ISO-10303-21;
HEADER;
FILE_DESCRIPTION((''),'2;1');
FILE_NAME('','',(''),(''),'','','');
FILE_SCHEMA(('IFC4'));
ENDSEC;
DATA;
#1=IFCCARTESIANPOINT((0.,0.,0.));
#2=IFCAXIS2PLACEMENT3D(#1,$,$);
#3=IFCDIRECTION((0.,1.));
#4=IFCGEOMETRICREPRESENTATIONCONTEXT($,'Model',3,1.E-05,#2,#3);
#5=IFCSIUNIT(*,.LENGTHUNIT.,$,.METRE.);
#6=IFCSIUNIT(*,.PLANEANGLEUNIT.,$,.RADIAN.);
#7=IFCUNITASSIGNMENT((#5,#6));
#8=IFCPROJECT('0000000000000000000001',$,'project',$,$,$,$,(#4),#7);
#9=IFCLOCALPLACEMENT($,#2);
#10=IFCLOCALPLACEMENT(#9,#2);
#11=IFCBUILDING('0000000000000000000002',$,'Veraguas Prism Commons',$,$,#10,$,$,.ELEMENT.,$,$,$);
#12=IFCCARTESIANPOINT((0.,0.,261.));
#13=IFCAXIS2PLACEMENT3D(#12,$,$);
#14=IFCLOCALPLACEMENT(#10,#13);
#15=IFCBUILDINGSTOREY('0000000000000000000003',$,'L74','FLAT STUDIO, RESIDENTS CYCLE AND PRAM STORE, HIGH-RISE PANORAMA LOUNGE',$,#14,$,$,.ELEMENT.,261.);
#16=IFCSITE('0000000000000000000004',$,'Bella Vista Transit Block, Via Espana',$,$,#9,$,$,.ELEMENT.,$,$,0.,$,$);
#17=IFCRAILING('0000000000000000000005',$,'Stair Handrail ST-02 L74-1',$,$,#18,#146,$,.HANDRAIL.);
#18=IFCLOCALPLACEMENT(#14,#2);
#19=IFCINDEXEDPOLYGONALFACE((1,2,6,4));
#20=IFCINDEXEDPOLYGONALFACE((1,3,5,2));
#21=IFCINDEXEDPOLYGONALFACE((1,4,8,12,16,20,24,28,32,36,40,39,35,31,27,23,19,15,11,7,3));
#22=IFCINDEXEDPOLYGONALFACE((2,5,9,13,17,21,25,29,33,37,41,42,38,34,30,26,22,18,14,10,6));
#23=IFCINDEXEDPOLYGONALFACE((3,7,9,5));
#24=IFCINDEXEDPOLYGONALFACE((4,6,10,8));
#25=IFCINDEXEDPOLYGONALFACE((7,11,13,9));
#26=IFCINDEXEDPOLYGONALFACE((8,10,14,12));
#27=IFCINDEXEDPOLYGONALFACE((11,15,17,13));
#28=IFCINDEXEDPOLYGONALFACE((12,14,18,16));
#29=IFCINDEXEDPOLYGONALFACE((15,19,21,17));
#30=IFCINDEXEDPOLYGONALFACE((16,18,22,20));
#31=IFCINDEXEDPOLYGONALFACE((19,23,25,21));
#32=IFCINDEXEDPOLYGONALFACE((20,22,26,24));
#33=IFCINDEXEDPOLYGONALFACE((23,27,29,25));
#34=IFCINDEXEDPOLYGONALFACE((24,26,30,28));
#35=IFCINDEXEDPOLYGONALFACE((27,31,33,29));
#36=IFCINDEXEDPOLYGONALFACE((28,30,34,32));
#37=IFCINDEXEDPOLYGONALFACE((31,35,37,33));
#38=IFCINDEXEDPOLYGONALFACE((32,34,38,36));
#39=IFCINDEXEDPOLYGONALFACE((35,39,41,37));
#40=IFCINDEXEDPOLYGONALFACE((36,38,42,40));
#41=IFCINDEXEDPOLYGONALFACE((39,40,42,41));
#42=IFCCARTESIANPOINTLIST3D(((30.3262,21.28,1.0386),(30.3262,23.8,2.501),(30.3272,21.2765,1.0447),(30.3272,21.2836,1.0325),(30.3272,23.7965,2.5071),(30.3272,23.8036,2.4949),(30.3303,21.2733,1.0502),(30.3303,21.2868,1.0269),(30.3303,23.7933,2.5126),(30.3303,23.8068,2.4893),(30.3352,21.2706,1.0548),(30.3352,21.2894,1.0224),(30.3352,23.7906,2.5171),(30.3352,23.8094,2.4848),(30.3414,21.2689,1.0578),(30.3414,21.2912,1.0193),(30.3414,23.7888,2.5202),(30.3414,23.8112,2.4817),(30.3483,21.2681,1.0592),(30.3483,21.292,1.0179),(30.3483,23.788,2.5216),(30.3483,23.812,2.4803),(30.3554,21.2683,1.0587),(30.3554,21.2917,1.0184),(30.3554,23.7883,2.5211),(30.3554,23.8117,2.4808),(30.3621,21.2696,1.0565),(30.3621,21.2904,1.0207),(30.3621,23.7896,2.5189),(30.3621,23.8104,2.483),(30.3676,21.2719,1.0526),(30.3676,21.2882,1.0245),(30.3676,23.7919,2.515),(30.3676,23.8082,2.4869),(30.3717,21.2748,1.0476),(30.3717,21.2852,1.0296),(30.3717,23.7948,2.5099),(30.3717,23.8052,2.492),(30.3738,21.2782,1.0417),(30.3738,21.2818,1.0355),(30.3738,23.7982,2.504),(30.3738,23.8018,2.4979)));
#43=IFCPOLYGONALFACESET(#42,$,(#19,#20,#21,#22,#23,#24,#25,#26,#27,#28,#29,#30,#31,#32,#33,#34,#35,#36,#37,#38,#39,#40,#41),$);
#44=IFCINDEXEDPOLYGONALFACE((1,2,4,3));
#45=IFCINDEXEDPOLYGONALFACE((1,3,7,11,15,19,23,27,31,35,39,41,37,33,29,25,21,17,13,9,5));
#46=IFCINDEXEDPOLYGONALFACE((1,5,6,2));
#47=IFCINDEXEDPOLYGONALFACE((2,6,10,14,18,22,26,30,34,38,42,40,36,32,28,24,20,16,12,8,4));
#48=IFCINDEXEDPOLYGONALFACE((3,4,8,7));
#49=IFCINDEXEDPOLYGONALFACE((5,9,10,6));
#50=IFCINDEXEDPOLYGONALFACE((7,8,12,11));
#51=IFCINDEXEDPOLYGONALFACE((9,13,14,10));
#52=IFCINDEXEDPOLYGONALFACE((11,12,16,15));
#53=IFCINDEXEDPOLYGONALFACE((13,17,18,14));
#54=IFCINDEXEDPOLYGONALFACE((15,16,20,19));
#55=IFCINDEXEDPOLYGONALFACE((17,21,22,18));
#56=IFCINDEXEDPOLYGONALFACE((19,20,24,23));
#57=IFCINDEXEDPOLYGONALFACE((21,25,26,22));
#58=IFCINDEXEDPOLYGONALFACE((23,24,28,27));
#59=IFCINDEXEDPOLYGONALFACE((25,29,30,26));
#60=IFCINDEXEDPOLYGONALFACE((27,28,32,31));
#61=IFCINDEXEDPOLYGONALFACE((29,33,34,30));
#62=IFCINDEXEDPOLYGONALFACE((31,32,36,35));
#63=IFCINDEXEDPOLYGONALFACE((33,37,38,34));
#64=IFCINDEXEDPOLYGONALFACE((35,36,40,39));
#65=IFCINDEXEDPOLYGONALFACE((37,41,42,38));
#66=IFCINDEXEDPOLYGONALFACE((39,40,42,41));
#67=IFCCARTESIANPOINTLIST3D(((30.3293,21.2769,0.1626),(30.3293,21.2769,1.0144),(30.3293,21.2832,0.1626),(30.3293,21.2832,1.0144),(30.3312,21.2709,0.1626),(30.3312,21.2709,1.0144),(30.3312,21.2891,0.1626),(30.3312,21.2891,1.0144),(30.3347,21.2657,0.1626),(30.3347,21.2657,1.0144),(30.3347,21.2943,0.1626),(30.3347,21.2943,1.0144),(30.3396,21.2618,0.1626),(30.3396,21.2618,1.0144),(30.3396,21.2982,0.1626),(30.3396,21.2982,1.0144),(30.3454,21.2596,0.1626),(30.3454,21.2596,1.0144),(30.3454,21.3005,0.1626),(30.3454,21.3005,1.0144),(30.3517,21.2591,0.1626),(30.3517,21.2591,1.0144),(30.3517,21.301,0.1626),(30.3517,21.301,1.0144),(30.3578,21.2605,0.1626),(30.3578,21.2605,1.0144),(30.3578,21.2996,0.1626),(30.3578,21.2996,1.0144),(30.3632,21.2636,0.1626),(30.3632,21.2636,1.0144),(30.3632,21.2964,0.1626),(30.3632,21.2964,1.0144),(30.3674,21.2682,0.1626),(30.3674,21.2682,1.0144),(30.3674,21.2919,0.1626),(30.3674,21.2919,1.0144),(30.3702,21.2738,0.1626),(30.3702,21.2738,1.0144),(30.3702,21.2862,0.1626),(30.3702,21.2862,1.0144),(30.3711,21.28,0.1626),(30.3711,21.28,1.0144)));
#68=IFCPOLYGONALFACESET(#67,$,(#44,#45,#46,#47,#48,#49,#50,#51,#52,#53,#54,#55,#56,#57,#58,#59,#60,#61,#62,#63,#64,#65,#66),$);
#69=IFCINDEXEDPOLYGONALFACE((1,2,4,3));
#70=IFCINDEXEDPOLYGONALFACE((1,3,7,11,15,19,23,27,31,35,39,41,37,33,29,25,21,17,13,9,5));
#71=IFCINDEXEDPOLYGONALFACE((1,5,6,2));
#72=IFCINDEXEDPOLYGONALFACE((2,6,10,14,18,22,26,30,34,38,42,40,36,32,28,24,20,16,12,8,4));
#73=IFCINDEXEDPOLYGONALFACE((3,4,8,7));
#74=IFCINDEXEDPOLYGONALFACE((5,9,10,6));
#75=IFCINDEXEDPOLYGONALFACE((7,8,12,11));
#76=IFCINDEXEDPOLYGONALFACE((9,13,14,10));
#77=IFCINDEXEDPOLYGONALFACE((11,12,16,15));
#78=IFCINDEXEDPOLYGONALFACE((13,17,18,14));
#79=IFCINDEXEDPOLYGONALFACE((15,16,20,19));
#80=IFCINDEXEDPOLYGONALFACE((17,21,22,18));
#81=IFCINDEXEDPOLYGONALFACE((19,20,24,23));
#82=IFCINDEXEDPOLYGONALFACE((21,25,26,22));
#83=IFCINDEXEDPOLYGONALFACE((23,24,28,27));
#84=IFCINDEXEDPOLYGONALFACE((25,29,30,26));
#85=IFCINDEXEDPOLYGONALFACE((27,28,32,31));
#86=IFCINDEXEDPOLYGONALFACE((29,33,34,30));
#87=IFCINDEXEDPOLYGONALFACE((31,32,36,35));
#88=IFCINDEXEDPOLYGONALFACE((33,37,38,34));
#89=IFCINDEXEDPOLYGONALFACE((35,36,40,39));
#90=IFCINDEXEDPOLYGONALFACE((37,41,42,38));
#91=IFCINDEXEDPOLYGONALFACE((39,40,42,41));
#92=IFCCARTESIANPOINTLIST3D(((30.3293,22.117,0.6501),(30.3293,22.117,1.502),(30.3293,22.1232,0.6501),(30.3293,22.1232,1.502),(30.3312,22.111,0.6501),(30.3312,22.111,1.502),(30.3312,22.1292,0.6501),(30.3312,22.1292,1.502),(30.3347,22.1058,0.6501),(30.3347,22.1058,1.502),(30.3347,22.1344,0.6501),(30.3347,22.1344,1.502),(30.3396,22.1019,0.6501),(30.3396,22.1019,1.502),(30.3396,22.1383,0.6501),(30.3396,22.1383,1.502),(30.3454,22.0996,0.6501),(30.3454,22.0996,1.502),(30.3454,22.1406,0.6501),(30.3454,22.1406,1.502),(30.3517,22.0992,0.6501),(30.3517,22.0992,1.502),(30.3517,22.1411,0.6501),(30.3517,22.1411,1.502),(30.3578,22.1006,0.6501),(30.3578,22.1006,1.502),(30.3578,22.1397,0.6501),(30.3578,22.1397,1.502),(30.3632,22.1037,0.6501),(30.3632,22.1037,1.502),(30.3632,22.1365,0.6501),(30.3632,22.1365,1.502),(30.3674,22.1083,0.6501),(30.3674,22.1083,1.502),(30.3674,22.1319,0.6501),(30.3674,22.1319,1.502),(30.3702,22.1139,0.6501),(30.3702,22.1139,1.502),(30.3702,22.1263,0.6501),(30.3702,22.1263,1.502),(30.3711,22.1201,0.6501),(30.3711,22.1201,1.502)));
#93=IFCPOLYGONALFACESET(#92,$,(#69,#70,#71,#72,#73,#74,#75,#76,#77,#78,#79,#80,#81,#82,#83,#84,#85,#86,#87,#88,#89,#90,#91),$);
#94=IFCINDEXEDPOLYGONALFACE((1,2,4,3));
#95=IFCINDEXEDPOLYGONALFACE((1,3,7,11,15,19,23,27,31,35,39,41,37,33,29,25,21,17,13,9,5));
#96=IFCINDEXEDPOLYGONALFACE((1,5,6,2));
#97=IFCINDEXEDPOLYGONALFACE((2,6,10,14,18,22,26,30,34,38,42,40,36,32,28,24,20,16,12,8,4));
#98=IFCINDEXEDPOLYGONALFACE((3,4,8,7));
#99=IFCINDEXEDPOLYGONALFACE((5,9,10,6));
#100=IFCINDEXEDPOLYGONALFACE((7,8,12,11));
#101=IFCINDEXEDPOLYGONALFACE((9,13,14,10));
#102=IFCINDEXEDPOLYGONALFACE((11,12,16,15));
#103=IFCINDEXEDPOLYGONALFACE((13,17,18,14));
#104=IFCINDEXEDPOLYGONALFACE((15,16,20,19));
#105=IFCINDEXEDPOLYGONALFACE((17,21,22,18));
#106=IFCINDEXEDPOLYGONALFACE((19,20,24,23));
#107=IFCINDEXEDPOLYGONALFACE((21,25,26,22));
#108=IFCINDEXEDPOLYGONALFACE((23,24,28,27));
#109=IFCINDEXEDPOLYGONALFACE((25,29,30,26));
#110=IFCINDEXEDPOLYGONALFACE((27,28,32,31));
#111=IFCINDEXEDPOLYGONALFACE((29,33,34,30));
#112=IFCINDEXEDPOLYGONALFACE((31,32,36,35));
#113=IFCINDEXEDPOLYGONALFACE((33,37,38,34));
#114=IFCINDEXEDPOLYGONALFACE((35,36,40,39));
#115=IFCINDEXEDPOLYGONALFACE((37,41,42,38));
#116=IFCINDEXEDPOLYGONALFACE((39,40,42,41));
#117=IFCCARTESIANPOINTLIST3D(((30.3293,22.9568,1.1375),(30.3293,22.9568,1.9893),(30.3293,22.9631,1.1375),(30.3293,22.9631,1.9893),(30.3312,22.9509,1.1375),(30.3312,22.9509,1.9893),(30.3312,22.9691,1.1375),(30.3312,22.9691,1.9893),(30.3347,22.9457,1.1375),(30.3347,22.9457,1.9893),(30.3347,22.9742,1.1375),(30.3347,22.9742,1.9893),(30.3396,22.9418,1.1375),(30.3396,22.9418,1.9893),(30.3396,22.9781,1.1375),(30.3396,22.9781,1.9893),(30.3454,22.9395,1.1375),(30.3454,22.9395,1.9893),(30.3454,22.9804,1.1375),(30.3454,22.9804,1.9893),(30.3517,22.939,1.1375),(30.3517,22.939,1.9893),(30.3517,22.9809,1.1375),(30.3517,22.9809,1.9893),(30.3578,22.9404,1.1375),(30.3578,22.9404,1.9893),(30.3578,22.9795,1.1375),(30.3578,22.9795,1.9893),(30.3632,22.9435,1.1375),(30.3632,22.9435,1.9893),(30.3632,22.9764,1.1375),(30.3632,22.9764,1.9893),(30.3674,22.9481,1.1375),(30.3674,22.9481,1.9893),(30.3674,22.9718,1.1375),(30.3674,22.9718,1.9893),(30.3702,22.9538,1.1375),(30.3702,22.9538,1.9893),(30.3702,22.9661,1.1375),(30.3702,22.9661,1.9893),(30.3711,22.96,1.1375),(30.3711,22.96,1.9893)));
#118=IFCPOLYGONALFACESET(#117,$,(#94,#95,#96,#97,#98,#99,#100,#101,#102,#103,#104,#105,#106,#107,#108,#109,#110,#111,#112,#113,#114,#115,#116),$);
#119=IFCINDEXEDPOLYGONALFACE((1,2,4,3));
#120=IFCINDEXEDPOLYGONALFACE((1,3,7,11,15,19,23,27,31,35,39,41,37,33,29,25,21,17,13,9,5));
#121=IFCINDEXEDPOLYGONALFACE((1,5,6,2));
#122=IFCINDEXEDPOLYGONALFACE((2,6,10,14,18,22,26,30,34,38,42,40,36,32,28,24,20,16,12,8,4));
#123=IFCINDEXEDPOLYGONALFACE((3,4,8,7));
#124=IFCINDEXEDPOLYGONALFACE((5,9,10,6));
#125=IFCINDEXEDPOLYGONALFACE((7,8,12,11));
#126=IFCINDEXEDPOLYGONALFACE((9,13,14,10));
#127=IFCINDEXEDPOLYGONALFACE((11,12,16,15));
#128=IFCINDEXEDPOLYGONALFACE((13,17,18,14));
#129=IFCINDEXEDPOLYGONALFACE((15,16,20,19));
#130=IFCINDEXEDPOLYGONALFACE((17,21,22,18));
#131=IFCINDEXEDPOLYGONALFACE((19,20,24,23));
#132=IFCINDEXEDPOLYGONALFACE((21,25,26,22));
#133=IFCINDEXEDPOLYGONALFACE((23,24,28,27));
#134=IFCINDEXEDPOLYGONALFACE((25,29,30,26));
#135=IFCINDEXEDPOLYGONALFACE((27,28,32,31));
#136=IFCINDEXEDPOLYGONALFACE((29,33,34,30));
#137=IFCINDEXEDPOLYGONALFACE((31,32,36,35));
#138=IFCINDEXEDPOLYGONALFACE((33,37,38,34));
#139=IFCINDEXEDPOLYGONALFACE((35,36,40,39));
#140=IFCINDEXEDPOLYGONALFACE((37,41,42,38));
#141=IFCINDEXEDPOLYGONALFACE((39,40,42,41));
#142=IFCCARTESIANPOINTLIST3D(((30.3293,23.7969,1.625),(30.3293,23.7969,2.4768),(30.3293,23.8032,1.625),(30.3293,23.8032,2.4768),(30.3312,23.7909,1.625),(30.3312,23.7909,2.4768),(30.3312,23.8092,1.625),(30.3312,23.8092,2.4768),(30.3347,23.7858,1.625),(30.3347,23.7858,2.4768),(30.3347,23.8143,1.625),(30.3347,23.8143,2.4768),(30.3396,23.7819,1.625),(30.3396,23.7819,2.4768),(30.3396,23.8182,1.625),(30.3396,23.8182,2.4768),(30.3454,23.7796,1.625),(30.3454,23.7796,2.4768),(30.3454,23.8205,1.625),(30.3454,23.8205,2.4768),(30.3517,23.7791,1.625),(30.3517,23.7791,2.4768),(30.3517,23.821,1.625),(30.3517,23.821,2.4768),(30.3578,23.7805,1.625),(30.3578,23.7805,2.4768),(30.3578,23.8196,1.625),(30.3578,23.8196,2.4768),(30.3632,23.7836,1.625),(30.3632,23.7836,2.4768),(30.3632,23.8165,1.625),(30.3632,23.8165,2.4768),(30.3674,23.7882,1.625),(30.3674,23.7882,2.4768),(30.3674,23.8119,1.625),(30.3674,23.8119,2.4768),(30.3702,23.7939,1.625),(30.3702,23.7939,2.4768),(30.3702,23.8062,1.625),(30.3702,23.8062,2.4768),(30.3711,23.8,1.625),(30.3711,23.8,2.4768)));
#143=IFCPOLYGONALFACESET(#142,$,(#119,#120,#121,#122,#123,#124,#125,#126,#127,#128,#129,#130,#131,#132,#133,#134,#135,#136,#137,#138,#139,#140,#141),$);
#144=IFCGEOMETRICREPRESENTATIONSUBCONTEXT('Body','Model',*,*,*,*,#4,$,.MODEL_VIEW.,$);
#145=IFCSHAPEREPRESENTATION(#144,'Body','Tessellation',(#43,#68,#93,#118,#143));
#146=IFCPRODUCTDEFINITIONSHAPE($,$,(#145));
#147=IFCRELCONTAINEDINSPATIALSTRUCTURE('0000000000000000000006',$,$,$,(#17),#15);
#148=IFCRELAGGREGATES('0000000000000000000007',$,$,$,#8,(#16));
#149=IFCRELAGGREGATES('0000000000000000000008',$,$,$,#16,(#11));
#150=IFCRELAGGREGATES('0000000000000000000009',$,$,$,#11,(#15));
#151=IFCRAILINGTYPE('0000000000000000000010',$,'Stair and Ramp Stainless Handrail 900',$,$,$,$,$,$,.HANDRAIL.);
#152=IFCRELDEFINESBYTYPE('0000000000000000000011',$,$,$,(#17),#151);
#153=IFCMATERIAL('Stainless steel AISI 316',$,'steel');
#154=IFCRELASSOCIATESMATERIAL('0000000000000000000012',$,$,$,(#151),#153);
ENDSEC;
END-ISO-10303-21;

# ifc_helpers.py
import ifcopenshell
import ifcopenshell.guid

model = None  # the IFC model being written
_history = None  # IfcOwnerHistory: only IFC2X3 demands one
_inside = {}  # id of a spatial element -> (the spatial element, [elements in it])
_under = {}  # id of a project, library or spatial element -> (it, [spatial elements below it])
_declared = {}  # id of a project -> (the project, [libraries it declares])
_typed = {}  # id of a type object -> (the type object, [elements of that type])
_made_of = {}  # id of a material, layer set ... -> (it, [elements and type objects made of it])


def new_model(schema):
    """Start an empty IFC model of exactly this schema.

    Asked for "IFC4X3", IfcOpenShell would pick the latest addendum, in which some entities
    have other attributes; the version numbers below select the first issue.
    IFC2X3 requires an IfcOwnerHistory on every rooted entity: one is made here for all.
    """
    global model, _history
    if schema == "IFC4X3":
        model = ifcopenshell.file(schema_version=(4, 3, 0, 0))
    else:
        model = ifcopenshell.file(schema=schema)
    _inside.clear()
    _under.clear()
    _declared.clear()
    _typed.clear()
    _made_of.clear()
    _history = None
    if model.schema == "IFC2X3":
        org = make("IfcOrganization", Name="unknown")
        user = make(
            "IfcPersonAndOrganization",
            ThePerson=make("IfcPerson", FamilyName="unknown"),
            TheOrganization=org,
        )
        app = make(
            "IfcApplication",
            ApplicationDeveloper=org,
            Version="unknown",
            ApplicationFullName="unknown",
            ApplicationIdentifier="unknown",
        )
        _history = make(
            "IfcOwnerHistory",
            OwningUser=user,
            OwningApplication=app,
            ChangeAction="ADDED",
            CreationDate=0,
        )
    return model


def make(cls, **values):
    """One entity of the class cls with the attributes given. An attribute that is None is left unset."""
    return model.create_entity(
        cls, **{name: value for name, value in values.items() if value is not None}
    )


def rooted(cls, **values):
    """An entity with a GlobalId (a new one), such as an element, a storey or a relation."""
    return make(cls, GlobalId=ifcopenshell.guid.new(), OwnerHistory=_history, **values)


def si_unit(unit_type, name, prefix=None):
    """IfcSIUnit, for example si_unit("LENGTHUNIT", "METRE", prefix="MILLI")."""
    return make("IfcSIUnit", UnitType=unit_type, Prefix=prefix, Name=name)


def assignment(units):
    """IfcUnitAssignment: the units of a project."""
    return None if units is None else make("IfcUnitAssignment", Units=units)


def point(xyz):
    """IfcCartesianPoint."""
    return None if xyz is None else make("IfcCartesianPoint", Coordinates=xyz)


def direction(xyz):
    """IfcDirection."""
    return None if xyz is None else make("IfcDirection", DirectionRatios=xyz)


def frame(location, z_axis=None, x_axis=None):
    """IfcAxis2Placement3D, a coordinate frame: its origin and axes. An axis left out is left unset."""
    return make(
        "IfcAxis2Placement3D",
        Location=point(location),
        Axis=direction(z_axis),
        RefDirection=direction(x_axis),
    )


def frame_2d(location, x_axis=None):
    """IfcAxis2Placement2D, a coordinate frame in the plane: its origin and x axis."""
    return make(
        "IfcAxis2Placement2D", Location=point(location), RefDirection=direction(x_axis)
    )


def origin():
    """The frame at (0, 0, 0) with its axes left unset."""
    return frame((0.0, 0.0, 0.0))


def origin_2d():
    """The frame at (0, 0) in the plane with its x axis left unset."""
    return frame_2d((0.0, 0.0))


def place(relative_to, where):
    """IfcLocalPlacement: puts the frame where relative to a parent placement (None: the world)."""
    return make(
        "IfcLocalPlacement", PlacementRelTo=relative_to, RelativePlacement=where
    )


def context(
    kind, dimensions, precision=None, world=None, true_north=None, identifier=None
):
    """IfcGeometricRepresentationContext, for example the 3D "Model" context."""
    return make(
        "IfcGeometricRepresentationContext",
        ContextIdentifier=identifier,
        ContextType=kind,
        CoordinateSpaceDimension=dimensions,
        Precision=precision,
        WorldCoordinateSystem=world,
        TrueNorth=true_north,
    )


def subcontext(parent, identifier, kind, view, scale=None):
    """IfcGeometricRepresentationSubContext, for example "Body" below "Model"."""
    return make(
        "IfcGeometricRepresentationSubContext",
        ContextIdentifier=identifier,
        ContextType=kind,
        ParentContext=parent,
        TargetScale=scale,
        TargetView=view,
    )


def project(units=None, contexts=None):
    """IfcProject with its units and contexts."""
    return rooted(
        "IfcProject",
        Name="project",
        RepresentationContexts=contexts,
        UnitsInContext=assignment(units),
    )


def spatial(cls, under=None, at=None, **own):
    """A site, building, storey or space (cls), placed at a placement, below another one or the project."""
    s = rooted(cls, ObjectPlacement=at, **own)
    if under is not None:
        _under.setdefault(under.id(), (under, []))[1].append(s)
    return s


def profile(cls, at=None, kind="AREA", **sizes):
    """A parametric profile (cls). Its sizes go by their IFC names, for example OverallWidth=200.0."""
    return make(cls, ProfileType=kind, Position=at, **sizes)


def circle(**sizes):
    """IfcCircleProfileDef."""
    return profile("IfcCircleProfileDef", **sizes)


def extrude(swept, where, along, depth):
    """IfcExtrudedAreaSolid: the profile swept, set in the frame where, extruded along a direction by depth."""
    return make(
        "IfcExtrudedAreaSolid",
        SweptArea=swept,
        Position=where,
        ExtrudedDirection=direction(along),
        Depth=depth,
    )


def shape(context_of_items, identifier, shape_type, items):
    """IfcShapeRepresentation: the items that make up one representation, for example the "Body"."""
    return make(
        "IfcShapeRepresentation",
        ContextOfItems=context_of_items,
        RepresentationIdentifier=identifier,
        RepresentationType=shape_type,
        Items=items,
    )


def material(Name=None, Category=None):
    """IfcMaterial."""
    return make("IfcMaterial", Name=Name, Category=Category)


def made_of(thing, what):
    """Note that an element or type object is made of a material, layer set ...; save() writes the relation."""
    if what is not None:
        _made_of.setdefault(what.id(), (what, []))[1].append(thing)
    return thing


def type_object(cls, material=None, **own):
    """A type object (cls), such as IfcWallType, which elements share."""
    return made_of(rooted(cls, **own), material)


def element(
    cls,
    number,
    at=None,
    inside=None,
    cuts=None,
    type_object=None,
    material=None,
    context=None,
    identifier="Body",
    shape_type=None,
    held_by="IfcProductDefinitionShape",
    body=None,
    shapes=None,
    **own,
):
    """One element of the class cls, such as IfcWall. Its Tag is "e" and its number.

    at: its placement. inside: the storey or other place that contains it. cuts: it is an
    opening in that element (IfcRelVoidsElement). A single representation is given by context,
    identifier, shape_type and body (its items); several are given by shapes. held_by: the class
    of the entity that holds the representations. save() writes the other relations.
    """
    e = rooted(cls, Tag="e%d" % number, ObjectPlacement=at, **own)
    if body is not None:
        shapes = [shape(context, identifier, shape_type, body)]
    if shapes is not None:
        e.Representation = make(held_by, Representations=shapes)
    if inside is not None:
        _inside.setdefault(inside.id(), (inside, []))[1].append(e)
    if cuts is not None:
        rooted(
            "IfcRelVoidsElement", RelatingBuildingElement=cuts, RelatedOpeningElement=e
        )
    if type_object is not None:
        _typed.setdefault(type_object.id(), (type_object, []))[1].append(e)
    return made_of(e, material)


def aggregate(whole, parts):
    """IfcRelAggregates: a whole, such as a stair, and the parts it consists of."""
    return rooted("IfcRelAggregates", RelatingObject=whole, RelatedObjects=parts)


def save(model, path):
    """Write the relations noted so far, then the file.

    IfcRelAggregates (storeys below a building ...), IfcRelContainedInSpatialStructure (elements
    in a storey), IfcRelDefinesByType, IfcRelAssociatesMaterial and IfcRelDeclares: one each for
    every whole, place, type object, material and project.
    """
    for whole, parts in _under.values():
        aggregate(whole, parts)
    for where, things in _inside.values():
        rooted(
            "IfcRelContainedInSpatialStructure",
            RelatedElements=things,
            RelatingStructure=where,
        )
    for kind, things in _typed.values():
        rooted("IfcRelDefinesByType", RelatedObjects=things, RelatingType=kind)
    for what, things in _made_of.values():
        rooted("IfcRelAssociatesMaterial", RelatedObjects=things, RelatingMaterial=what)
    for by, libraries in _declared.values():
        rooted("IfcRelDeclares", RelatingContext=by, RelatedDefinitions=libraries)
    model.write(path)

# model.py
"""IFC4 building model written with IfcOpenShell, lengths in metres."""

from ifc_helpers import new_model, si_unit, direction, frame, origin, origin_2d, place, context, subcontext, project, spatial, circle, extrude, material, type_object, element, save


model = new_model("IFC4")

# Units and contexts
model_context = context("Model", 3, precision=1e-05, world=origin(), true_north=direction((0.0, 1.0)))
body_context = subcontext(model_context, "Body", "Model", "MODEL_VIEW")
ifc_project = project(units=[si_unit("LENGTHUNIT", "METRE"), si_unit("PLANEANGLEUNIT", "RADIAN")], contexts=[model_context])

# Site, building, storey
site_placement = place(None, origin())
site = spatial("IfcSite", under=ifc_project, at=site_placement, Name="Bella Vista Transit Block, Via Espana", CompositionType="ELEMENT", RefElevation=0.0)
building_placement = place(site_placement, origin())
building = spatial("IfcBuilding", under=site, at=building_placement, Name="Veraguas Prism Commons", CompositionType="ELEMENT")
storey_placement = place(building_placement, frame((0.0, 0.0, 261.0)))
storey = spatial("IfcBuildingStorey", under=building, at=storey_placement, Name="L74", Description="FLAT STUDIO, RESIDENTS CYCLE AND PRAM STORE, HIGH-RISE PANORAMA LOUNGE", CompositionType="ELEMENT", Elevation=261.0)

# Railing
ifc_material_1 = material(Name="Stainless steel AISI 316", Category="steel")
railing_type = type_object("IfcRailingType", Name="Stair and Ramp Stainless Handrail 900", PredefinedType="HANDRAIL", material=ifc_material_1)
railing_placement = place(storey_placement, frame((30.3501, 21.28, 0.1626)))
element("IfcRailing", 1, at=railing_placement, inside=storey, type_object=railing_type, Name="Stair Handrail ST-02 L74-1", PredefinedType="HANDRAIL", context=body_context, shape_type="SweptSolid", body=[
    extrude(circle(Radius=0.0239, at=origin_2d()), frame((0.0, 0.0, 0.876), z_axis=(0.0, 0.864913, 0.501921), x_axis=(-1.0, 0.0, 0.0)), (0.0, 0.0, 1.0), 2.9136),
    extrude(circle(Radius=0.021, at=origin_2d()), origin(), (0.0, 0.0, 1.0), 0.8518),
    extrude(circle(Radius=0.021, at=origin_2d()), frame((0.0, 0.8401, 0.4875)), (0.0, 0.0, 1.0), 0.8518),
    extrude(circle(Radius=0.021, at=origin_2d()), frame((0.0, 1.6799, 0.9749)), (0.0, 0.0, 1.0), 0.8518),
    extrude(circle(Radius=0.021, at=origin_2d()), frame((0.0, 2.52, 1.4624)), (0.0, 0.0, 1.0), 0.8518),
])

save(model, "model.ifc")
